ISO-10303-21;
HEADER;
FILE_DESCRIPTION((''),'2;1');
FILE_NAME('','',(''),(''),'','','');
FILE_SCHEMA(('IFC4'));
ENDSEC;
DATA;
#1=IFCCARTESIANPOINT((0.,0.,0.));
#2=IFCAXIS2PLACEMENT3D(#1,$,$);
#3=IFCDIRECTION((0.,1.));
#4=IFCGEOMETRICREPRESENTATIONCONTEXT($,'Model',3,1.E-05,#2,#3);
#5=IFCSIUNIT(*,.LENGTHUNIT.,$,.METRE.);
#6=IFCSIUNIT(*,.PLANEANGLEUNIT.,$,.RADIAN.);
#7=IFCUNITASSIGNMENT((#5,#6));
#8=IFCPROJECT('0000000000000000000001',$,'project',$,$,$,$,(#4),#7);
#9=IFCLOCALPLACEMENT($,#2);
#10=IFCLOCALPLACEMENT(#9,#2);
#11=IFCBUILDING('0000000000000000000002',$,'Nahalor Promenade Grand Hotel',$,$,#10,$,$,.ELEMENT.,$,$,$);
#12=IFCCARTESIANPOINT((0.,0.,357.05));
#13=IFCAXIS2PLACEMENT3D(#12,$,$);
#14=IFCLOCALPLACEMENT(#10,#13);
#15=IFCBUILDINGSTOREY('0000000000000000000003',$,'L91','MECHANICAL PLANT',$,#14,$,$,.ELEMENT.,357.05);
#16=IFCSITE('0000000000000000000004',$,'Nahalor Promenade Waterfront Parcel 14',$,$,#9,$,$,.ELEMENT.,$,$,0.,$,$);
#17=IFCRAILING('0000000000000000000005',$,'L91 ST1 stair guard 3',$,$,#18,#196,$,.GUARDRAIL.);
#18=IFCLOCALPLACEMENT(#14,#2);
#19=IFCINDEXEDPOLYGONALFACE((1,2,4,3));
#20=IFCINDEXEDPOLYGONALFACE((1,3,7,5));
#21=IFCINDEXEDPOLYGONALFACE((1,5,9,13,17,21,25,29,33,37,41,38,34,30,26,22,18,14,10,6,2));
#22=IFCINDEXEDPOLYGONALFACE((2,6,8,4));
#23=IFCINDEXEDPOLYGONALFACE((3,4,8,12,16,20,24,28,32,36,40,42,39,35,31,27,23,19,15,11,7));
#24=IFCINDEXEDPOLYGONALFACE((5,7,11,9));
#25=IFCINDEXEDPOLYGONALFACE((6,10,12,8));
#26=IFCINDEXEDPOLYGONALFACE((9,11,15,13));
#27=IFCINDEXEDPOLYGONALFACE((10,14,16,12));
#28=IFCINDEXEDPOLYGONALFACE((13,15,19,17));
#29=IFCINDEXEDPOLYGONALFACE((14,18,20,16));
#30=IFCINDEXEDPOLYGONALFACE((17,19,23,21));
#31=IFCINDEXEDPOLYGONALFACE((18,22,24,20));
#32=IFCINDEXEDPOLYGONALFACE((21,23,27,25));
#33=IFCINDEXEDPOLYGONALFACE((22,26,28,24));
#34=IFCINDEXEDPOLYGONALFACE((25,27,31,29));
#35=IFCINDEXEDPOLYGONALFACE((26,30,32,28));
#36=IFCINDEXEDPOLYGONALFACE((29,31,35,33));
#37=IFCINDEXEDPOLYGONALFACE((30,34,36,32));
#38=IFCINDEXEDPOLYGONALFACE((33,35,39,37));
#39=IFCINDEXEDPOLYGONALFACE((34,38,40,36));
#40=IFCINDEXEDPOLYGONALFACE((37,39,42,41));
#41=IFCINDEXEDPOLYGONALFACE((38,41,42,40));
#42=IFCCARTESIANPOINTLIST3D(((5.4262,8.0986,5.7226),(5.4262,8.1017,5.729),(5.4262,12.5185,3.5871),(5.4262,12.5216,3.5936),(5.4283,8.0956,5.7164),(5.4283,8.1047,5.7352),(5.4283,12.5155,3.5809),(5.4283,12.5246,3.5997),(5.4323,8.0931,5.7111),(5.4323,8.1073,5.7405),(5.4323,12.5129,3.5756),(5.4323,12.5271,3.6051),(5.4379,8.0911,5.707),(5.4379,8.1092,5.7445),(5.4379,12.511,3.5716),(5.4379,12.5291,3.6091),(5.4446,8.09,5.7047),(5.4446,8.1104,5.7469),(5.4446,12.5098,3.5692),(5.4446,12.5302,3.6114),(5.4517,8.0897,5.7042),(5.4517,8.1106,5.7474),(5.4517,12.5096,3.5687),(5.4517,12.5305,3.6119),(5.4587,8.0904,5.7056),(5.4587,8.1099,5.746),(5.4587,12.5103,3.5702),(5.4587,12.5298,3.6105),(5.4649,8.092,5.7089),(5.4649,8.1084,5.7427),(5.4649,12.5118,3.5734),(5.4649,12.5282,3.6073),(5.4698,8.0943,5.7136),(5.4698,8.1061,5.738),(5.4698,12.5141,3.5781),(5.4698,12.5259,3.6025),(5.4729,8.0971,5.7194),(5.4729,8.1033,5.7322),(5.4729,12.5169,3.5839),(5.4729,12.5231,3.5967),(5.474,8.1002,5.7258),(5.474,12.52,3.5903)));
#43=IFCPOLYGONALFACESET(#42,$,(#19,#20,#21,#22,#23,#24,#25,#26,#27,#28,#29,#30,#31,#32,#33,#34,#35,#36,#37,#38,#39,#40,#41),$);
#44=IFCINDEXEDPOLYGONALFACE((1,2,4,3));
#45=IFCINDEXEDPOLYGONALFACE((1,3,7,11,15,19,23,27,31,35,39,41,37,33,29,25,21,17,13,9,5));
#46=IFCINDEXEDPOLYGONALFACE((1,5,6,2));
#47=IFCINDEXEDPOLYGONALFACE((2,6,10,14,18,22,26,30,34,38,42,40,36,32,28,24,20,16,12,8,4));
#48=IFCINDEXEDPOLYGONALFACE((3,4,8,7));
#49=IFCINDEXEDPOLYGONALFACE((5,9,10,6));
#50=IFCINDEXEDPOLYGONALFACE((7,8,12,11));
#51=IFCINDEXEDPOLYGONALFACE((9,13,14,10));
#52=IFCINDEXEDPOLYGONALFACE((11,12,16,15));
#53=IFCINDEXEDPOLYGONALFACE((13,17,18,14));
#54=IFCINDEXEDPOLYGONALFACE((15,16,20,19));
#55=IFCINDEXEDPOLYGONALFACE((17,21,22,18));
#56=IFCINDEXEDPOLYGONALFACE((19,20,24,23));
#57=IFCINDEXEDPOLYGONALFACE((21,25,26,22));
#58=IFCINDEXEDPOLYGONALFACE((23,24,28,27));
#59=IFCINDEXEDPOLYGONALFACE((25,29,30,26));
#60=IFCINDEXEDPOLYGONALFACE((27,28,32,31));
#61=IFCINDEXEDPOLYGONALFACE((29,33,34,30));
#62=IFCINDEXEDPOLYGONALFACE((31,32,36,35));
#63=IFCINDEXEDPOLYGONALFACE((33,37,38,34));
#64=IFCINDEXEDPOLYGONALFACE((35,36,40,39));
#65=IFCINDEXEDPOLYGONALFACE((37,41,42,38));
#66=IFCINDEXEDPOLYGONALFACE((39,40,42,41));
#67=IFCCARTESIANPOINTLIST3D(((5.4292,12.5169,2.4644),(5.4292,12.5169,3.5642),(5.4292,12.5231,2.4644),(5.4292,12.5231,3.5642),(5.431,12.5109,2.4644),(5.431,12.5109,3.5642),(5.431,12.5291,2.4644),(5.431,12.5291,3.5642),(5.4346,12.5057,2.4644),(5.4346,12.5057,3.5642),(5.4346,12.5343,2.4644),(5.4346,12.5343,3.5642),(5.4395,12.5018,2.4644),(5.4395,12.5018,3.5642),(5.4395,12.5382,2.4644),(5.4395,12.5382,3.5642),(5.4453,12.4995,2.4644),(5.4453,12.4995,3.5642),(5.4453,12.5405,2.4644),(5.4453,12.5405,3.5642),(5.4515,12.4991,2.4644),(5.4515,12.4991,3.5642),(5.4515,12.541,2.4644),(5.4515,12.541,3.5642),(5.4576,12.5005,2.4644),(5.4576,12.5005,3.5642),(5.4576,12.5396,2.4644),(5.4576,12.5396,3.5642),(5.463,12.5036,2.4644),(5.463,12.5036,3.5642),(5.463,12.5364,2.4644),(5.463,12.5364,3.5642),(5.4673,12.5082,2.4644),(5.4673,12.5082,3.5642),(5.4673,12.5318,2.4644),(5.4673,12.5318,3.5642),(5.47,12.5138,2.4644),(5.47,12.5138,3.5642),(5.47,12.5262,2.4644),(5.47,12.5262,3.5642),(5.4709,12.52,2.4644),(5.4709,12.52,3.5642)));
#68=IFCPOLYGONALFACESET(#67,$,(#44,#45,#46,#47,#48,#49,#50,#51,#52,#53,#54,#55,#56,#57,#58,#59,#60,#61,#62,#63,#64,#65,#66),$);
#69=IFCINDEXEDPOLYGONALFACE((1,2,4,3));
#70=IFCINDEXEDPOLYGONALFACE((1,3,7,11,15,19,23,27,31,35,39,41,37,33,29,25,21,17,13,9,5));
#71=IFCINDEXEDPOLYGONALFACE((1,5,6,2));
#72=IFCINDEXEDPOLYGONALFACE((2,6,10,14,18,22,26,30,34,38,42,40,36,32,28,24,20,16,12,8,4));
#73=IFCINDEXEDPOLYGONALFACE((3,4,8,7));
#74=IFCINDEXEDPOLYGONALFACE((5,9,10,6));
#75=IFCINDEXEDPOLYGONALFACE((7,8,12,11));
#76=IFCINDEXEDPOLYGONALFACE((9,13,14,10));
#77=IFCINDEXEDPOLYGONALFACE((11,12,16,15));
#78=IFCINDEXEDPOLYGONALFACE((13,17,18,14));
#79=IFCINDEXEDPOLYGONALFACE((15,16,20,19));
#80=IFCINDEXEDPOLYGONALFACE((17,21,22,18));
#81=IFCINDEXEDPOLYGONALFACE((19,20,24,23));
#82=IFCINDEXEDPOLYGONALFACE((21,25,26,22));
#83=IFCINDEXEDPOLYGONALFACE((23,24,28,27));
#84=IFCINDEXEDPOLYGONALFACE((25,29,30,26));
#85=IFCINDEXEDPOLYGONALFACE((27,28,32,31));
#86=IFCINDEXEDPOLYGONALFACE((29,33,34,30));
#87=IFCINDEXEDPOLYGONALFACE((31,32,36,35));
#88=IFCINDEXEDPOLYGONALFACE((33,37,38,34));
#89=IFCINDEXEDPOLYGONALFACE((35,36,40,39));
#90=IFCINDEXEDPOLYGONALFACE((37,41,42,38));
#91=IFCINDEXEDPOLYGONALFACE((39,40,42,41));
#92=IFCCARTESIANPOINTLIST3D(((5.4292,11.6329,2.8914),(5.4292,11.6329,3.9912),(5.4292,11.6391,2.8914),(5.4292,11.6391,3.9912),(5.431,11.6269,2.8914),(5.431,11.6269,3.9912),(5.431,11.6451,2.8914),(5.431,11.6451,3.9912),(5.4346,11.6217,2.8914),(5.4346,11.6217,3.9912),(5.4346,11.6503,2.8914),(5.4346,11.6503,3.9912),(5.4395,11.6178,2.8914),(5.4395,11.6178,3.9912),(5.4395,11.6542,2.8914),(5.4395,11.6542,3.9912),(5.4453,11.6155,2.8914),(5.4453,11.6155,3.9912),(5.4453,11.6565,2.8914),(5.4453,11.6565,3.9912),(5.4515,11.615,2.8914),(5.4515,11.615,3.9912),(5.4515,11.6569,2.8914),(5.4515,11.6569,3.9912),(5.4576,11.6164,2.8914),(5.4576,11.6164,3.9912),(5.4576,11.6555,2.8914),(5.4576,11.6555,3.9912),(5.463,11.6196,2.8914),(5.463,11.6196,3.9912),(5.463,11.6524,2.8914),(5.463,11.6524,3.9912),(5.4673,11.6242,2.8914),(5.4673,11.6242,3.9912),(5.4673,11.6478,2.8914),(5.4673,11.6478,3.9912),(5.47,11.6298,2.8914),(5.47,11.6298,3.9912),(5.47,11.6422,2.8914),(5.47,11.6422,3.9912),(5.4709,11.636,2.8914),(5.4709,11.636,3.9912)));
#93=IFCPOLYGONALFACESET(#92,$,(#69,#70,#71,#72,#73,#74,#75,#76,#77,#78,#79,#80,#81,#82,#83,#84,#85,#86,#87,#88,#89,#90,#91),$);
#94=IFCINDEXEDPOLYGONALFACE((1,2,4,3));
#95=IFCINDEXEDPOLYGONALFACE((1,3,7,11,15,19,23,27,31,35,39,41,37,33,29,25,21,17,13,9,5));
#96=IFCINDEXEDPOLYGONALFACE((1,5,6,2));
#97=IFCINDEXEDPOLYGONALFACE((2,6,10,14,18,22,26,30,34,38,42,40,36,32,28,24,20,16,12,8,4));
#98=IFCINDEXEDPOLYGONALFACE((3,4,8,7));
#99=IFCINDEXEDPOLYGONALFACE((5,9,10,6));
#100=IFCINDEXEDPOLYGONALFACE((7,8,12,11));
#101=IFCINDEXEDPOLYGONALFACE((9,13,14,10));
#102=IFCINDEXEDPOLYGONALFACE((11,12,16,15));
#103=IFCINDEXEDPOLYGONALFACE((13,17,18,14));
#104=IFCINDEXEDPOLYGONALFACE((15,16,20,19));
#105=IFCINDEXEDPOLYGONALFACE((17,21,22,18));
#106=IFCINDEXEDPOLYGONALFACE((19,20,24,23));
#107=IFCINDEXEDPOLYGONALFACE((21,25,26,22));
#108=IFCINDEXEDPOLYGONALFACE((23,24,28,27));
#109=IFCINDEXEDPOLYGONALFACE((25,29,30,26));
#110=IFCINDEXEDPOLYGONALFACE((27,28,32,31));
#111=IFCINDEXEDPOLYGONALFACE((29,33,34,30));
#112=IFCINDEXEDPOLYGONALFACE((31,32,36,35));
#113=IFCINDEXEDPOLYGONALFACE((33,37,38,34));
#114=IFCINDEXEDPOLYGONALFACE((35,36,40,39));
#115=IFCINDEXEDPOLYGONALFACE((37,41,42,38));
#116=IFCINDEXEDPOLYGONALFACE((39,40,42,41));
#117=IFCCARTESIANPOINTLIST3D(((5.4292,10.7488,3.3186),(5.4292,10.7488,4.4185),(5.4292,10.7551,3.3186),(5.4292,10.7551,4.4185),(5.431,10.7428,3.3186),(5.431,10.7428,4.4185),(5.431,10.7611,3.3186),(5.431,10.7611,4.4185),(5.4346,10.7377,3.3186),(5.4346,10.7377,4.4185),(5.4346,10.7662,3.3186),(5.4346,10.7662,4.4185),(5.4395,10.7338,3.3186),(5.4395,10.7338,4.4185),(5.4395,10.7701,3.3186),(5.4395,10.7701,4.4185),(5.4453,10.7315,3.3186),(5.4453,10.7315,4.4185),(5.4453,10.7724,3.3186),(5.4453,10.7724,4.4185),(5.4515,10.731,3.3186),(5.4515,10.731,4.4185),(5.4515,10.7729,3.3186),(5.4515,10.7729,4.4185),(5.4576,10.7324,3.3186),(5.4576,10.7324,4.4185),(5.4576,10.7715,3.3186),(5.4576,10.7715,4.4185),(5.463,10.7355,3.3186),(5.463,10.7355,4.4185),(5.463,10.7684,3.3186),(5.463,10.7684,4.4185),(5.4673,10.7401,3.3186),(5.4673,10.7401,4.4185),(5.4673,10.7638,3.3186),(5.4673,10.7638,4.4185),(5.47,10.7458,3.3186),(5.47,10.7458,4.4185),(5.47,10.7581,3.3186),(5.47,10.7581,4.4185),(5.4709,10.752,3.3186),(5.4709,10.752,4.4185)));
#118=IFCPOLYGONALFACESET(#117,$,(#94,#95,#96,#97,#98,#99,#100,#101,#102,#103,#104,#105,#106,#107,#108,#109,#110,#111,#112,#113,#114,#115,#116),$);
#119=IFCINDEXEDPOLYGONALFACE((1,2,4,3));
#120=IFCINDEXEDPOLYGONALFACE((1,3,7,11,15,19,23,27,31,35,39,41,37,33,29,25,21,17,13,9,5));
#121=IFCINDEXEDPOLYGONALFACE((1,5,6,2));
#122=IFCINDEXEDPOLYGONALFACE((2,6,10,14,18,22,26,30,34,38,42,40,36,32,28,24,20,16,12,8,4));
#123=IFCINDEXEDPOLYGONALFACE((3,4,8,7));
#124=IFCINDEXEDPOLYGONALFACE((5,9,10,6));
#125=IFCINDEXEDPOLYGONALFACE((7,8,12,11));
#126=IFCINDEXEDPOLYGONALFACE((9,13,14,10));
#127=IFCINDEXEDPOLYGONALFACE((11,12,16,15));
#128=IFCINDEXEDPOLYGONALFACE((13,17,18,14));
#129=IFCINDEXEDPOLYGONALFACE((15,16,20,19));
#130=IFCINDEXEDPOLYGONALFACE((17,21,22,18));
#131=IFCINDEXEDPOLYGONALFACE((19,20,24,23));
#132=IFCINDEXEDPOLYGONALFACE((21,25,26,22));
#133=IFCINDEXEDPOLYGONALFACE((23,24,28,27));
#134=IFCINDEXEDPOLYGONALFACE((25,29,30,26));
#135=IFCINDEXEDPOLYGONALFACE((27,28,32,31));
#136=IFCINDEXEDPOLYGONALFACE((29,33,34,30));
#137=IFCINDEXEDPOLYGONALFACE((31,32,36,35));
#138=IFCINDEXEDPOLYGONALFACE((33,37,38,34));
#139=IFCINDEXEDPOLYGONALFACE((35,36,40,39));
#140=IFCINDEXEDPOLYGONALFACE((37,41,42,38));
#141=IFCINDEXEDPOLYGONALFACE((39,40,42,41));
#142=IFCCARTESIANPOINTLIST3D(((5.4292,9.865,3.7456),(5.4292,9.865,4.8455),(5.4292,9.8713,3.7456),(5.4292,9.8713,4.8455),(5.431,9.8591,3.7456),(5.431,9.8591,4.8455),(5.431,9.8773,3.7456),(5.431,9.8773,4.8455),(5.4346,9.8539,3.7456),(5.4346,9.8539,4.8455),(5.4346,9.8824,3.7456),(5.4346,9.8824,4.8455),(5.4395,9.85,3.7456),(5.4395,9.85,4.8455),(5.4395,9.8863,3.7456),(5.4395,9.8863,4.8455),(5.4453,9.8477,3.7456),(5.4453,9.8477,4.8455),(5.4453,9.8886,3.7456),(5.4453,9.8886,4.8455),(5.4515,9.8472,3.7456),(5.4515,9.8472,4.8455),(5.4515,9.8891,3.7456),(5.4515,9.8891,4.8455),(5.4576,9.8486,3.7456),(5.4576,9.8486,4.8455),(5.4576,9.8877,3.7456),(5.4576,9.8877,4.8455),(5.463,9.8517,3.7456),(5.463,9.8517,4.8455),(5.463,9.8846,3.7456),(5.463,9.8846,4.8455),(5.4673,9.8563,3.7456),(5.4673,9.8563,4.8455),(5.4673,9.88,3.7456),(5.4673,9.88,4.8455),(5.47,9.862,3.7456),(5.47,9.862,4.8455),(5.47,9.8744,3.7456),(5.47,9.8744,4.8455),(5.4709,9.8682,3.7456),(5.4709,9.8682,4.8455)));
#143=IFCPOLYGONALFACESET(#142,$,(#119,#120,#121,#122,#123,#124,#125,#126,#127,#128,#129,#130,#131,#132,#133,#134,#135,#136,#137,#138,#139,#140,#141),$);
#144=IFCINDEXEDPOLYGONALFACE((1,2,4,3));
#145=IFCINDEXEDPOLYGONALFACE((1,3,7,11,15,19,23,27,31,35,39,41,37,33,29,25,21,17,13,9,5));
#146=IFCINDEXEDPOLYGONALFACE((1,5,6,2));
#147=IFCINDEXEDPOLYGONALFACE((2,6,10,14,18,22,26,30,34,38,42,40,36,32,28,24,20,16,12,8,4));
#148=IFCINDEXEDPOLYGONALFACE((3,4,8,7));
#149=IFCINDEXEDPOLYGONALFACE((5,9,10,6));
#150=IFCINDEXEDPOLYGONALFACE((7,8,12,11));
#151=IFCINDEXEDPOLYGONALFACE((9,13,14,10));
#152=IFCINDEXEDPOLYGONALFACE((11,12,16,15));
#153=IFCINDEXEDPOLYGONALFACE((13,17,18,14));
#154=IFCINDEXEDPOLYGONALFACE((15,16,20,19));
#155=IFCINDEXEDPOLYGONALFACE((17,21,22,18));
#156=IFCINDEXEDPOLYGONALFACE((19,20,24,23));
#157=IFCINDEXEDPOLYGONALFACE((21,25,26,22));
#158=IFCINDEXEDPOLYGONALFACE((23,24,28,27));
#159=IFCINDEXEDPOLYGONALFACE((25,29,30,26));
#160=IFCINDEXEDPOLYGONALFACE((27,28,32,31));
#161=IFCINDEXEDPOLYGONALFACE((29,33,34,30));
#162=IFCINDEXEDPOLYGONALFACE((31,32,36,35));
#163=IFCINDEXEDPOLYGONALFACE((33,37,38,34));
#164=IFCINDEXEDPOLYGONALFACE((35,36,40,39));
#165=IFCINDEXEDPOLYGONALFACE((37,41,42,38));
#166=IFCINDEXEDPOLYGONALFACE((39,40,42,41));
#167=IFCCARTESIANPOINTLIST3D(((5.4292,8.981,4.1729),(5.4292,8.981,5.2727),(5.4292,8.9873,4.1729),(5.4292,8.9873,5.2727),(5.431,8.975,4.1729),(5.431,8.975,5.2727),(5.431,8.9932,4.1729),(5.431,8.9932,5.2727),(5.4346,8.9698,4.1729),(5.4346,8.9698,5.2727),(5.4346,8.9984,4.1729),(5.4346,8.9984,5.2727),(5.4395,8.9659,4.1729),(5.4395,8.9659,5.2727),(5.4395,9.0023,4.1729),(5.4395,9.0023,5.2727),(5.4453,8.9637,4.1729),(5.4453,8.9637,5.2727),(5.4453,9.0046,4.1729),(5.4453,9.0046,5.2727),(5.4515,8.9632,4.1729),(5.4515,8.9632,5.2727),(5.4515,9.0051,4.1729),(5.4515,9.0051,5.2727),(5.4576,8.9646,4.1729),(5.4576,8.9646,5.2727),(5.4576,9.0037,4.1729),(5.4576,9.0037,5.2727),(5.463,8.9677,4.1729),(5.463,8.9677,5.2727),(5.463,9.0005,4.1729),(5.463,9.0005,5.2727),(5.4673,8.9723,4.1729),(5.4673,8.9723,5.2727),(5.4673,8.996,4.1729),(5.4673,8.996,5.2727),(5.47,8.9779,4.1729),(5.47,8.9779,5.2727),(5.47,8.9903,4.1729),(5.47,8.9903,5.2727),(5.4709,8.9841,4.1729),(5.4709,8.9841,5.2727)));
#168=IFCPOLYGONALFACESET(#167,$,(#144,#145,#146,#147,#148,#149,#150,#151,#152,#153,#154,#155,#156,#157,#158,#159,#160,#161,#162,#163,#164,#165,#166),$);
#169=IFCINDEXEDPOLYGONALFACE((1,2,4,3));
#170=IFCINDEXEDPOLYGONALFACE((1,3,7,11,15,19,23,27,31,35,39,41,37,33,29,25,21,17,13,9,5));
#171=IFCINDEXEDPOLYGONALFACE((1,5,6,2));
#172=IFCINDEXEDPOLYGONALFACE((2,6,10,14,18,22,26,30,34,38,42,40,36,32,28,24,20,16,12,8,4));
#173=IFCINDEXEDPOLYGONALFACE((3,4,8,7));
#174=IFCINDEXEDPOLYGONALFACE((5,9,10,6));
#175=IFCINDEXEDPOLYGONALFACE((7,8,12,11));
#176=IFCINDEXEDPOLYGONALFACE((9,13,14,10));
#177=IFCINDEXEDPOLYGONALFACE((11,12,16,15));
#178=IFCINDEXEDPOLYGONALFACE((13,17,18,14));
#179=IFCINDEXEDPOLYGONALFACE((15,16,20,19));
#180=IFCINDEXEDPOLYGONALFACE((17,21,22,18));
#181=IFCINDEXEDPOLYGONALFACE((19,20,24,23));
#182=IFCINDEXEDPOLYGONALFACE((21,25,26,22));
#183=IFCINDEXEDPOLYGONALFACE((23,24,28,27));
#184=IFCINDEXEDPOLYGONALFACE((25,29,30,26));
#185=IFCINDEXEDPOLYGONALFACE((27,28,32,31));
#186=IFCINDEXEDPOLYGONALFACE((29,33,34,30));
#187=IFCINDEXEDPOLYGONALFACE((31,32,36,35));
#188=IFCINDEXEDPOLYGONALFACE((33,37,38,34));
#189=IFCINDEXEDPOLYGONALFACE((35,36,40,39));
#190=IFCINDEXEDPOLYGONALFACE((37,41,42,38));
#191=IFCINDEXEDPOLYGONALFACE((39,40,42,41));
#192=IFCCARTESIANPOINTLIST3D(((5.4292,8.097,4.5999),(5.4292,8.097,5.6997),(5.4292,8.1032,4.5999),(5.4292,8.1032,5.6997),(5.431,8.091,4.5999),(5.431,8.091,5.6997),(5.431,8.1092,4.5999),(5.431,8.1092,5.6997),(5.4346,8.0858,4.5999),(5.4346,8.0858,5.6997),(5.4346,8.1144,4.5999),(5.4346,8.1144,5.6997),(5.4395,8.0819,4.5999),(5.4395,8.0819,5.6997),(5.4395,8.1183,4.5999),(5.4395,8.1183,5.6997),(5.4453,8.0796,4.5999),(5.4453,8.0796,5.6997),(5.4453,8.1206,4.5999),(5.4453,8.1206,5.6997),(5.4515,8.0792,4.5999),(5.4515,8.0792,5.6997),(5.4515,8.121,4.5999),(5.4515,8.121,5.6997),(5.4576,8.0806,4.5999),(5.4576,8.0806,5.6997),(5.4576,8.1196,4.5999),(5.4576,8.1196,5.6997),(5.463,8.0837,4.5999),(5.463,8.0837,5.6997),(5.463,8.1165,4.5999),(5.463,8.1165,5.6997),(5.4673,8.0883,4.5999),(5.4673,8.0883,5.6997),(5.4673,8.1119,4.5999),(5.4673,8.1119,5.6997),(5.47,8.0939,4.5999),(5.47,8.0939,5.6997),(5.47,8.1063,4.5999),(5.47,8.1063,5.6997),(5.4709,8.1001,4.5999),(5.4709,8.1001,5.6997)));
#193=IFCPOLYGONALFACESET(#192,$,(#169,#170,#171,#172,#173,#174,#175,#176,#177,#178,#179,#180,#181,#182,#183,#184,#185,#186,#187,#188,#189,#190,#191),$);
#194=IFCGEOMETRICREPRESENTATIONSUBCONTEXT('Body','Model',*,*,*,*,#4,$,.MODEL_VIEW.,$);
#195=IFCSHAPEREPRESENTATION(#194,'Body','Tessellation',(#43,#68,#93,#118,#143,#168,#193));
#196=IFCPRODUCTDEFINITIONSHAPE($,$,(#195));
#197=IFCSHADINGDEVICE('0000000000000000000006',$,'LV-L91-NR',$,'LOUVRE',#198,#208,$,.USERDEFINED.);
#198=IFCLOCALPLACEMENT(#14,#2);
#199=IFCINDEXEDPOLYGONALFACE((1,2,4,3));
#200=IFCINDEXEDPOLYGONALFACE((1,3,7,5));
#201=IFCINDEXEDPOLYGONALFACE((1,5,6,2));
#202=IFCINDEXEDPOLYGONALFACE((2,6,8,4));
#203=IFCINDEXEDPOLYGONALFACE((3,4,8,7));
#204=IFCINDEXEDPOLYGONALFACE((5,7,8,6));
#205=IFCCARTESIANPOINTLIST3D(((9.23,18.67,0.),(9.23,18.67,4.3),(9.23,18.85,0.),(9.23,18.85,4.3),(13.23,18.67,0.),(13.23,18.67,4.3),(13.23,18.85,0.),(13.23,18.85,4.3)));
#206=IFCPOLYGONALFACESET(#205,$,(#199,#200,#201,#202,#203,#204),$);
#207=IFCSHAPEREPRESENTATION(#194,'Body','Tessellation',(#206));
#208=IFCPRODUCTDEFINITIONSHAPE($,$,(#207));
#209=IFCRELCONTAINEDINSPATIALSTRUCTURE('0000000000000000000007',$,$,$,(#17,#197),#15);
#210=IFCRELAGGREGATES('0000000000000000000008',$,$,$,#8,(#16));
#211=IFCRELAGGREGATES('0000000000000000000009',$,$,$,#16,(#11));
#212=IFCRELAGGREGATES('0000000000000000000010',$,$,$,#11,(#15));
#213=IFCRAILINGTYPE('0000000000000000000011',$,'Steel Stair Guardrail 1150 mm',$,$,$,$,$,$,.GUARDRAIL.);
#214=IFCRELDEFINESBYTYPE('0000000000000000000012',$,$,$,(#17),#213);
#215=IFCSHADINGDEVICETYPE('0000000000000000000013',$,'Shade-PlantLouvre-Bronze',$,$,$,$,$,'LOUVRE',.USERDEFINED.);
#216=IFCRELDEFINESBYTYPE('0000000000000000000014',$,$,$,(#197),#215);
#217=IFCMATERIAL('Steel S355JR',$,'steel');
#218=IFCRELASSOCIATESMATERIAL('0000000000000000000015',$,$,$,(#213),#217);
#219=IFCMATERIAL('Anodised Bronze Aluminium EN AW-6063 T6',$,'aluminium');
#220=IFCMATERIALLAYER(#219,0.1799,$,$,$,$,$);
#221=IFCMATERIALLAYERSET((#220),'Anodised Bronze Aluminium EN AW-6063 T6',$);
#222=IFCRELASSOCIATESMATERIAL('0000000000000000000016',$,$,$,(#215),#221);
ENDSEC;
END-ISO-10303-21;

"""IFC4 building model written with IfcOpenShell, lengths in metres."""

from ifc_helpers import new_model, si_unit, direction, frame, origin, origin_2d, place, context, subcontext, project, spatial, rectangle, circle, extrude, source, transform, mapped, material, layer, layer_set, type_object, element, save


model = new_model("IFC4")

# Units and contexts
model_context = context("Model", 3, precision=1e-05, world=origin(), true_north=direction((0.0, 1.0)))
body_context = subcontext(model_context, "Body", "Model", "MODEL_VIEW")
ifc_project = project(units=[si_unit("LENGTHUNIT", "METRE"), si_unit("PLANEANGLEUNIT", "RADIAN")], contexts=[model_context])

# Site, building, storey
site_placement = place(None, origin())
site = spatial("IfcSite", under=ifc_project, at=site_placement, Name="Nahalor Promenade Waterfront Parcel 14", CompositionType="ELEMENT", RefElevation=0.0)
building_placement = place(site_placement, origin())
building = spatial("IfcBuilding", under=site, at=building_placement, Name="Nahalor Promenade Grand Hotel", CompositionType="ELEMENT")
storey_placement = place(building_placement, frame((0.0, 0.0, 357.05)))
storey = spatial("IfcBuildingStorey", under=building, at=storey_placement, Name="L91", Description="MECHANICAL PLANT", CompositionType="ELEMENT", Elevation=357.05)

# Shared definitions
ifc_material_1 = material(Name="Steel S355JR", Category="steel")

# Railing
ifc_material_2 = material(Name="Anodised Bronze Aluminium EN AW-6063 T6", Category="aluminium")
railing_type_1 = type_object("IfcRailingType", Name="Steel Stair Guardrail 1150 mm", PredefinedType="GUARDRAIL", material=ifc_material_1)
railing_1_placement = place(storey_placement, frame((5.45, 12.52, 2.4644)))
element("IfcRailing", 1, at=railing_1_placement, inside=storey, type_object=railing_type_1, Name="L91 ST1 stair guard 3", PredefinedType="GUARDRAIL", context=body_context, shape_type="SweptSolid", body=[
    extrude(circle(Radius=0.024, at=origin_2d()), frame((0.0, 0.0, 1.126), z_axis=(0.0, -0.900413, 0.435037), x_axis=(1.0, 0.0, 0.0)), (0.0, 0.0, 1.0), 4.9087),
    extrude(circle(Radius=0.021, at=origin_2d()), origin(), (0.0, 0.0, 1.0), 1.0999),
    extrude(circle(Radius=0.021, at=origin_2d()), frame((0.0, -0.884, 0.427)), (0.0, 0.0, 1.0), 1.0999),
    extrude(circle(Radius=0.021, at=origin_2d()), frame((0.0, -1.7681, 0.8542)), (0.0, 0.0, 1.0), 1.0999),
    extrude(circle(Radius=0.021, at=origin_2d()), frame((0.0, -2.6519, 1.2812)), (0.0, 0.0, 1.0), 1.0999),
    extrude(circle(Radius=0.021, at=origin_2d()), frame((0.0, -3.5359, 1.7085)), (0.0, 0.0, 1.0), 1.0999),
    extrude(circle(Radius=0.021, at=origin_2d()), frame((0.0, -4.4199, 2.1355)), (0.0, 0.0, 1.0), 1.0999),
])

# Shading device
ifc_layer_1 = layer(ifc_material_2, 0.1799)
ifc_layer_set_1 = layer_set([ifc_layer_1], Name="Anodised Bronze Aluminium EN AW-6063 T6")
shading_device_type = type_object("IfcShadingDeviceType", Name="Shade-PlantLouvre-Bronze", ElementType="LOUVRE", PredefinedType="USERDEFINED", material=ifc_layer_set_1)
shared_shape_1 = source(origin(), body_context, "Body", "SweptSolid", [
    extrude(rectangle(XDim=4.0, YDim=0.1799, at=origin_2d()), origin(), (0.0, 0.0, 1.0), 4.3),
])
for number, where, z_axis, x_axis, name in (
    (2, (11.23, 18.76, 0.0), (0.0, 0.0, 1.0), (1.0, 0.0, 0.0), "LV-L91-NR"),
):
    element("IfcShadingDevice", number, at=place(storey_placement, frame(where, z_axis=z_axis, x_axis=x_axis)), inside=storey, type_object=shading_device_type, Name=name, ObjectType="LOUVRE", PredefinedType="USERDEFINED", context=body_context, shape_type="MappedRepresentation", body=[
        mapped(shared_shape_1, transform((0.0, 0.0, 0.0), scale=1.0)),
    ])

save(model, "model.ifc")
